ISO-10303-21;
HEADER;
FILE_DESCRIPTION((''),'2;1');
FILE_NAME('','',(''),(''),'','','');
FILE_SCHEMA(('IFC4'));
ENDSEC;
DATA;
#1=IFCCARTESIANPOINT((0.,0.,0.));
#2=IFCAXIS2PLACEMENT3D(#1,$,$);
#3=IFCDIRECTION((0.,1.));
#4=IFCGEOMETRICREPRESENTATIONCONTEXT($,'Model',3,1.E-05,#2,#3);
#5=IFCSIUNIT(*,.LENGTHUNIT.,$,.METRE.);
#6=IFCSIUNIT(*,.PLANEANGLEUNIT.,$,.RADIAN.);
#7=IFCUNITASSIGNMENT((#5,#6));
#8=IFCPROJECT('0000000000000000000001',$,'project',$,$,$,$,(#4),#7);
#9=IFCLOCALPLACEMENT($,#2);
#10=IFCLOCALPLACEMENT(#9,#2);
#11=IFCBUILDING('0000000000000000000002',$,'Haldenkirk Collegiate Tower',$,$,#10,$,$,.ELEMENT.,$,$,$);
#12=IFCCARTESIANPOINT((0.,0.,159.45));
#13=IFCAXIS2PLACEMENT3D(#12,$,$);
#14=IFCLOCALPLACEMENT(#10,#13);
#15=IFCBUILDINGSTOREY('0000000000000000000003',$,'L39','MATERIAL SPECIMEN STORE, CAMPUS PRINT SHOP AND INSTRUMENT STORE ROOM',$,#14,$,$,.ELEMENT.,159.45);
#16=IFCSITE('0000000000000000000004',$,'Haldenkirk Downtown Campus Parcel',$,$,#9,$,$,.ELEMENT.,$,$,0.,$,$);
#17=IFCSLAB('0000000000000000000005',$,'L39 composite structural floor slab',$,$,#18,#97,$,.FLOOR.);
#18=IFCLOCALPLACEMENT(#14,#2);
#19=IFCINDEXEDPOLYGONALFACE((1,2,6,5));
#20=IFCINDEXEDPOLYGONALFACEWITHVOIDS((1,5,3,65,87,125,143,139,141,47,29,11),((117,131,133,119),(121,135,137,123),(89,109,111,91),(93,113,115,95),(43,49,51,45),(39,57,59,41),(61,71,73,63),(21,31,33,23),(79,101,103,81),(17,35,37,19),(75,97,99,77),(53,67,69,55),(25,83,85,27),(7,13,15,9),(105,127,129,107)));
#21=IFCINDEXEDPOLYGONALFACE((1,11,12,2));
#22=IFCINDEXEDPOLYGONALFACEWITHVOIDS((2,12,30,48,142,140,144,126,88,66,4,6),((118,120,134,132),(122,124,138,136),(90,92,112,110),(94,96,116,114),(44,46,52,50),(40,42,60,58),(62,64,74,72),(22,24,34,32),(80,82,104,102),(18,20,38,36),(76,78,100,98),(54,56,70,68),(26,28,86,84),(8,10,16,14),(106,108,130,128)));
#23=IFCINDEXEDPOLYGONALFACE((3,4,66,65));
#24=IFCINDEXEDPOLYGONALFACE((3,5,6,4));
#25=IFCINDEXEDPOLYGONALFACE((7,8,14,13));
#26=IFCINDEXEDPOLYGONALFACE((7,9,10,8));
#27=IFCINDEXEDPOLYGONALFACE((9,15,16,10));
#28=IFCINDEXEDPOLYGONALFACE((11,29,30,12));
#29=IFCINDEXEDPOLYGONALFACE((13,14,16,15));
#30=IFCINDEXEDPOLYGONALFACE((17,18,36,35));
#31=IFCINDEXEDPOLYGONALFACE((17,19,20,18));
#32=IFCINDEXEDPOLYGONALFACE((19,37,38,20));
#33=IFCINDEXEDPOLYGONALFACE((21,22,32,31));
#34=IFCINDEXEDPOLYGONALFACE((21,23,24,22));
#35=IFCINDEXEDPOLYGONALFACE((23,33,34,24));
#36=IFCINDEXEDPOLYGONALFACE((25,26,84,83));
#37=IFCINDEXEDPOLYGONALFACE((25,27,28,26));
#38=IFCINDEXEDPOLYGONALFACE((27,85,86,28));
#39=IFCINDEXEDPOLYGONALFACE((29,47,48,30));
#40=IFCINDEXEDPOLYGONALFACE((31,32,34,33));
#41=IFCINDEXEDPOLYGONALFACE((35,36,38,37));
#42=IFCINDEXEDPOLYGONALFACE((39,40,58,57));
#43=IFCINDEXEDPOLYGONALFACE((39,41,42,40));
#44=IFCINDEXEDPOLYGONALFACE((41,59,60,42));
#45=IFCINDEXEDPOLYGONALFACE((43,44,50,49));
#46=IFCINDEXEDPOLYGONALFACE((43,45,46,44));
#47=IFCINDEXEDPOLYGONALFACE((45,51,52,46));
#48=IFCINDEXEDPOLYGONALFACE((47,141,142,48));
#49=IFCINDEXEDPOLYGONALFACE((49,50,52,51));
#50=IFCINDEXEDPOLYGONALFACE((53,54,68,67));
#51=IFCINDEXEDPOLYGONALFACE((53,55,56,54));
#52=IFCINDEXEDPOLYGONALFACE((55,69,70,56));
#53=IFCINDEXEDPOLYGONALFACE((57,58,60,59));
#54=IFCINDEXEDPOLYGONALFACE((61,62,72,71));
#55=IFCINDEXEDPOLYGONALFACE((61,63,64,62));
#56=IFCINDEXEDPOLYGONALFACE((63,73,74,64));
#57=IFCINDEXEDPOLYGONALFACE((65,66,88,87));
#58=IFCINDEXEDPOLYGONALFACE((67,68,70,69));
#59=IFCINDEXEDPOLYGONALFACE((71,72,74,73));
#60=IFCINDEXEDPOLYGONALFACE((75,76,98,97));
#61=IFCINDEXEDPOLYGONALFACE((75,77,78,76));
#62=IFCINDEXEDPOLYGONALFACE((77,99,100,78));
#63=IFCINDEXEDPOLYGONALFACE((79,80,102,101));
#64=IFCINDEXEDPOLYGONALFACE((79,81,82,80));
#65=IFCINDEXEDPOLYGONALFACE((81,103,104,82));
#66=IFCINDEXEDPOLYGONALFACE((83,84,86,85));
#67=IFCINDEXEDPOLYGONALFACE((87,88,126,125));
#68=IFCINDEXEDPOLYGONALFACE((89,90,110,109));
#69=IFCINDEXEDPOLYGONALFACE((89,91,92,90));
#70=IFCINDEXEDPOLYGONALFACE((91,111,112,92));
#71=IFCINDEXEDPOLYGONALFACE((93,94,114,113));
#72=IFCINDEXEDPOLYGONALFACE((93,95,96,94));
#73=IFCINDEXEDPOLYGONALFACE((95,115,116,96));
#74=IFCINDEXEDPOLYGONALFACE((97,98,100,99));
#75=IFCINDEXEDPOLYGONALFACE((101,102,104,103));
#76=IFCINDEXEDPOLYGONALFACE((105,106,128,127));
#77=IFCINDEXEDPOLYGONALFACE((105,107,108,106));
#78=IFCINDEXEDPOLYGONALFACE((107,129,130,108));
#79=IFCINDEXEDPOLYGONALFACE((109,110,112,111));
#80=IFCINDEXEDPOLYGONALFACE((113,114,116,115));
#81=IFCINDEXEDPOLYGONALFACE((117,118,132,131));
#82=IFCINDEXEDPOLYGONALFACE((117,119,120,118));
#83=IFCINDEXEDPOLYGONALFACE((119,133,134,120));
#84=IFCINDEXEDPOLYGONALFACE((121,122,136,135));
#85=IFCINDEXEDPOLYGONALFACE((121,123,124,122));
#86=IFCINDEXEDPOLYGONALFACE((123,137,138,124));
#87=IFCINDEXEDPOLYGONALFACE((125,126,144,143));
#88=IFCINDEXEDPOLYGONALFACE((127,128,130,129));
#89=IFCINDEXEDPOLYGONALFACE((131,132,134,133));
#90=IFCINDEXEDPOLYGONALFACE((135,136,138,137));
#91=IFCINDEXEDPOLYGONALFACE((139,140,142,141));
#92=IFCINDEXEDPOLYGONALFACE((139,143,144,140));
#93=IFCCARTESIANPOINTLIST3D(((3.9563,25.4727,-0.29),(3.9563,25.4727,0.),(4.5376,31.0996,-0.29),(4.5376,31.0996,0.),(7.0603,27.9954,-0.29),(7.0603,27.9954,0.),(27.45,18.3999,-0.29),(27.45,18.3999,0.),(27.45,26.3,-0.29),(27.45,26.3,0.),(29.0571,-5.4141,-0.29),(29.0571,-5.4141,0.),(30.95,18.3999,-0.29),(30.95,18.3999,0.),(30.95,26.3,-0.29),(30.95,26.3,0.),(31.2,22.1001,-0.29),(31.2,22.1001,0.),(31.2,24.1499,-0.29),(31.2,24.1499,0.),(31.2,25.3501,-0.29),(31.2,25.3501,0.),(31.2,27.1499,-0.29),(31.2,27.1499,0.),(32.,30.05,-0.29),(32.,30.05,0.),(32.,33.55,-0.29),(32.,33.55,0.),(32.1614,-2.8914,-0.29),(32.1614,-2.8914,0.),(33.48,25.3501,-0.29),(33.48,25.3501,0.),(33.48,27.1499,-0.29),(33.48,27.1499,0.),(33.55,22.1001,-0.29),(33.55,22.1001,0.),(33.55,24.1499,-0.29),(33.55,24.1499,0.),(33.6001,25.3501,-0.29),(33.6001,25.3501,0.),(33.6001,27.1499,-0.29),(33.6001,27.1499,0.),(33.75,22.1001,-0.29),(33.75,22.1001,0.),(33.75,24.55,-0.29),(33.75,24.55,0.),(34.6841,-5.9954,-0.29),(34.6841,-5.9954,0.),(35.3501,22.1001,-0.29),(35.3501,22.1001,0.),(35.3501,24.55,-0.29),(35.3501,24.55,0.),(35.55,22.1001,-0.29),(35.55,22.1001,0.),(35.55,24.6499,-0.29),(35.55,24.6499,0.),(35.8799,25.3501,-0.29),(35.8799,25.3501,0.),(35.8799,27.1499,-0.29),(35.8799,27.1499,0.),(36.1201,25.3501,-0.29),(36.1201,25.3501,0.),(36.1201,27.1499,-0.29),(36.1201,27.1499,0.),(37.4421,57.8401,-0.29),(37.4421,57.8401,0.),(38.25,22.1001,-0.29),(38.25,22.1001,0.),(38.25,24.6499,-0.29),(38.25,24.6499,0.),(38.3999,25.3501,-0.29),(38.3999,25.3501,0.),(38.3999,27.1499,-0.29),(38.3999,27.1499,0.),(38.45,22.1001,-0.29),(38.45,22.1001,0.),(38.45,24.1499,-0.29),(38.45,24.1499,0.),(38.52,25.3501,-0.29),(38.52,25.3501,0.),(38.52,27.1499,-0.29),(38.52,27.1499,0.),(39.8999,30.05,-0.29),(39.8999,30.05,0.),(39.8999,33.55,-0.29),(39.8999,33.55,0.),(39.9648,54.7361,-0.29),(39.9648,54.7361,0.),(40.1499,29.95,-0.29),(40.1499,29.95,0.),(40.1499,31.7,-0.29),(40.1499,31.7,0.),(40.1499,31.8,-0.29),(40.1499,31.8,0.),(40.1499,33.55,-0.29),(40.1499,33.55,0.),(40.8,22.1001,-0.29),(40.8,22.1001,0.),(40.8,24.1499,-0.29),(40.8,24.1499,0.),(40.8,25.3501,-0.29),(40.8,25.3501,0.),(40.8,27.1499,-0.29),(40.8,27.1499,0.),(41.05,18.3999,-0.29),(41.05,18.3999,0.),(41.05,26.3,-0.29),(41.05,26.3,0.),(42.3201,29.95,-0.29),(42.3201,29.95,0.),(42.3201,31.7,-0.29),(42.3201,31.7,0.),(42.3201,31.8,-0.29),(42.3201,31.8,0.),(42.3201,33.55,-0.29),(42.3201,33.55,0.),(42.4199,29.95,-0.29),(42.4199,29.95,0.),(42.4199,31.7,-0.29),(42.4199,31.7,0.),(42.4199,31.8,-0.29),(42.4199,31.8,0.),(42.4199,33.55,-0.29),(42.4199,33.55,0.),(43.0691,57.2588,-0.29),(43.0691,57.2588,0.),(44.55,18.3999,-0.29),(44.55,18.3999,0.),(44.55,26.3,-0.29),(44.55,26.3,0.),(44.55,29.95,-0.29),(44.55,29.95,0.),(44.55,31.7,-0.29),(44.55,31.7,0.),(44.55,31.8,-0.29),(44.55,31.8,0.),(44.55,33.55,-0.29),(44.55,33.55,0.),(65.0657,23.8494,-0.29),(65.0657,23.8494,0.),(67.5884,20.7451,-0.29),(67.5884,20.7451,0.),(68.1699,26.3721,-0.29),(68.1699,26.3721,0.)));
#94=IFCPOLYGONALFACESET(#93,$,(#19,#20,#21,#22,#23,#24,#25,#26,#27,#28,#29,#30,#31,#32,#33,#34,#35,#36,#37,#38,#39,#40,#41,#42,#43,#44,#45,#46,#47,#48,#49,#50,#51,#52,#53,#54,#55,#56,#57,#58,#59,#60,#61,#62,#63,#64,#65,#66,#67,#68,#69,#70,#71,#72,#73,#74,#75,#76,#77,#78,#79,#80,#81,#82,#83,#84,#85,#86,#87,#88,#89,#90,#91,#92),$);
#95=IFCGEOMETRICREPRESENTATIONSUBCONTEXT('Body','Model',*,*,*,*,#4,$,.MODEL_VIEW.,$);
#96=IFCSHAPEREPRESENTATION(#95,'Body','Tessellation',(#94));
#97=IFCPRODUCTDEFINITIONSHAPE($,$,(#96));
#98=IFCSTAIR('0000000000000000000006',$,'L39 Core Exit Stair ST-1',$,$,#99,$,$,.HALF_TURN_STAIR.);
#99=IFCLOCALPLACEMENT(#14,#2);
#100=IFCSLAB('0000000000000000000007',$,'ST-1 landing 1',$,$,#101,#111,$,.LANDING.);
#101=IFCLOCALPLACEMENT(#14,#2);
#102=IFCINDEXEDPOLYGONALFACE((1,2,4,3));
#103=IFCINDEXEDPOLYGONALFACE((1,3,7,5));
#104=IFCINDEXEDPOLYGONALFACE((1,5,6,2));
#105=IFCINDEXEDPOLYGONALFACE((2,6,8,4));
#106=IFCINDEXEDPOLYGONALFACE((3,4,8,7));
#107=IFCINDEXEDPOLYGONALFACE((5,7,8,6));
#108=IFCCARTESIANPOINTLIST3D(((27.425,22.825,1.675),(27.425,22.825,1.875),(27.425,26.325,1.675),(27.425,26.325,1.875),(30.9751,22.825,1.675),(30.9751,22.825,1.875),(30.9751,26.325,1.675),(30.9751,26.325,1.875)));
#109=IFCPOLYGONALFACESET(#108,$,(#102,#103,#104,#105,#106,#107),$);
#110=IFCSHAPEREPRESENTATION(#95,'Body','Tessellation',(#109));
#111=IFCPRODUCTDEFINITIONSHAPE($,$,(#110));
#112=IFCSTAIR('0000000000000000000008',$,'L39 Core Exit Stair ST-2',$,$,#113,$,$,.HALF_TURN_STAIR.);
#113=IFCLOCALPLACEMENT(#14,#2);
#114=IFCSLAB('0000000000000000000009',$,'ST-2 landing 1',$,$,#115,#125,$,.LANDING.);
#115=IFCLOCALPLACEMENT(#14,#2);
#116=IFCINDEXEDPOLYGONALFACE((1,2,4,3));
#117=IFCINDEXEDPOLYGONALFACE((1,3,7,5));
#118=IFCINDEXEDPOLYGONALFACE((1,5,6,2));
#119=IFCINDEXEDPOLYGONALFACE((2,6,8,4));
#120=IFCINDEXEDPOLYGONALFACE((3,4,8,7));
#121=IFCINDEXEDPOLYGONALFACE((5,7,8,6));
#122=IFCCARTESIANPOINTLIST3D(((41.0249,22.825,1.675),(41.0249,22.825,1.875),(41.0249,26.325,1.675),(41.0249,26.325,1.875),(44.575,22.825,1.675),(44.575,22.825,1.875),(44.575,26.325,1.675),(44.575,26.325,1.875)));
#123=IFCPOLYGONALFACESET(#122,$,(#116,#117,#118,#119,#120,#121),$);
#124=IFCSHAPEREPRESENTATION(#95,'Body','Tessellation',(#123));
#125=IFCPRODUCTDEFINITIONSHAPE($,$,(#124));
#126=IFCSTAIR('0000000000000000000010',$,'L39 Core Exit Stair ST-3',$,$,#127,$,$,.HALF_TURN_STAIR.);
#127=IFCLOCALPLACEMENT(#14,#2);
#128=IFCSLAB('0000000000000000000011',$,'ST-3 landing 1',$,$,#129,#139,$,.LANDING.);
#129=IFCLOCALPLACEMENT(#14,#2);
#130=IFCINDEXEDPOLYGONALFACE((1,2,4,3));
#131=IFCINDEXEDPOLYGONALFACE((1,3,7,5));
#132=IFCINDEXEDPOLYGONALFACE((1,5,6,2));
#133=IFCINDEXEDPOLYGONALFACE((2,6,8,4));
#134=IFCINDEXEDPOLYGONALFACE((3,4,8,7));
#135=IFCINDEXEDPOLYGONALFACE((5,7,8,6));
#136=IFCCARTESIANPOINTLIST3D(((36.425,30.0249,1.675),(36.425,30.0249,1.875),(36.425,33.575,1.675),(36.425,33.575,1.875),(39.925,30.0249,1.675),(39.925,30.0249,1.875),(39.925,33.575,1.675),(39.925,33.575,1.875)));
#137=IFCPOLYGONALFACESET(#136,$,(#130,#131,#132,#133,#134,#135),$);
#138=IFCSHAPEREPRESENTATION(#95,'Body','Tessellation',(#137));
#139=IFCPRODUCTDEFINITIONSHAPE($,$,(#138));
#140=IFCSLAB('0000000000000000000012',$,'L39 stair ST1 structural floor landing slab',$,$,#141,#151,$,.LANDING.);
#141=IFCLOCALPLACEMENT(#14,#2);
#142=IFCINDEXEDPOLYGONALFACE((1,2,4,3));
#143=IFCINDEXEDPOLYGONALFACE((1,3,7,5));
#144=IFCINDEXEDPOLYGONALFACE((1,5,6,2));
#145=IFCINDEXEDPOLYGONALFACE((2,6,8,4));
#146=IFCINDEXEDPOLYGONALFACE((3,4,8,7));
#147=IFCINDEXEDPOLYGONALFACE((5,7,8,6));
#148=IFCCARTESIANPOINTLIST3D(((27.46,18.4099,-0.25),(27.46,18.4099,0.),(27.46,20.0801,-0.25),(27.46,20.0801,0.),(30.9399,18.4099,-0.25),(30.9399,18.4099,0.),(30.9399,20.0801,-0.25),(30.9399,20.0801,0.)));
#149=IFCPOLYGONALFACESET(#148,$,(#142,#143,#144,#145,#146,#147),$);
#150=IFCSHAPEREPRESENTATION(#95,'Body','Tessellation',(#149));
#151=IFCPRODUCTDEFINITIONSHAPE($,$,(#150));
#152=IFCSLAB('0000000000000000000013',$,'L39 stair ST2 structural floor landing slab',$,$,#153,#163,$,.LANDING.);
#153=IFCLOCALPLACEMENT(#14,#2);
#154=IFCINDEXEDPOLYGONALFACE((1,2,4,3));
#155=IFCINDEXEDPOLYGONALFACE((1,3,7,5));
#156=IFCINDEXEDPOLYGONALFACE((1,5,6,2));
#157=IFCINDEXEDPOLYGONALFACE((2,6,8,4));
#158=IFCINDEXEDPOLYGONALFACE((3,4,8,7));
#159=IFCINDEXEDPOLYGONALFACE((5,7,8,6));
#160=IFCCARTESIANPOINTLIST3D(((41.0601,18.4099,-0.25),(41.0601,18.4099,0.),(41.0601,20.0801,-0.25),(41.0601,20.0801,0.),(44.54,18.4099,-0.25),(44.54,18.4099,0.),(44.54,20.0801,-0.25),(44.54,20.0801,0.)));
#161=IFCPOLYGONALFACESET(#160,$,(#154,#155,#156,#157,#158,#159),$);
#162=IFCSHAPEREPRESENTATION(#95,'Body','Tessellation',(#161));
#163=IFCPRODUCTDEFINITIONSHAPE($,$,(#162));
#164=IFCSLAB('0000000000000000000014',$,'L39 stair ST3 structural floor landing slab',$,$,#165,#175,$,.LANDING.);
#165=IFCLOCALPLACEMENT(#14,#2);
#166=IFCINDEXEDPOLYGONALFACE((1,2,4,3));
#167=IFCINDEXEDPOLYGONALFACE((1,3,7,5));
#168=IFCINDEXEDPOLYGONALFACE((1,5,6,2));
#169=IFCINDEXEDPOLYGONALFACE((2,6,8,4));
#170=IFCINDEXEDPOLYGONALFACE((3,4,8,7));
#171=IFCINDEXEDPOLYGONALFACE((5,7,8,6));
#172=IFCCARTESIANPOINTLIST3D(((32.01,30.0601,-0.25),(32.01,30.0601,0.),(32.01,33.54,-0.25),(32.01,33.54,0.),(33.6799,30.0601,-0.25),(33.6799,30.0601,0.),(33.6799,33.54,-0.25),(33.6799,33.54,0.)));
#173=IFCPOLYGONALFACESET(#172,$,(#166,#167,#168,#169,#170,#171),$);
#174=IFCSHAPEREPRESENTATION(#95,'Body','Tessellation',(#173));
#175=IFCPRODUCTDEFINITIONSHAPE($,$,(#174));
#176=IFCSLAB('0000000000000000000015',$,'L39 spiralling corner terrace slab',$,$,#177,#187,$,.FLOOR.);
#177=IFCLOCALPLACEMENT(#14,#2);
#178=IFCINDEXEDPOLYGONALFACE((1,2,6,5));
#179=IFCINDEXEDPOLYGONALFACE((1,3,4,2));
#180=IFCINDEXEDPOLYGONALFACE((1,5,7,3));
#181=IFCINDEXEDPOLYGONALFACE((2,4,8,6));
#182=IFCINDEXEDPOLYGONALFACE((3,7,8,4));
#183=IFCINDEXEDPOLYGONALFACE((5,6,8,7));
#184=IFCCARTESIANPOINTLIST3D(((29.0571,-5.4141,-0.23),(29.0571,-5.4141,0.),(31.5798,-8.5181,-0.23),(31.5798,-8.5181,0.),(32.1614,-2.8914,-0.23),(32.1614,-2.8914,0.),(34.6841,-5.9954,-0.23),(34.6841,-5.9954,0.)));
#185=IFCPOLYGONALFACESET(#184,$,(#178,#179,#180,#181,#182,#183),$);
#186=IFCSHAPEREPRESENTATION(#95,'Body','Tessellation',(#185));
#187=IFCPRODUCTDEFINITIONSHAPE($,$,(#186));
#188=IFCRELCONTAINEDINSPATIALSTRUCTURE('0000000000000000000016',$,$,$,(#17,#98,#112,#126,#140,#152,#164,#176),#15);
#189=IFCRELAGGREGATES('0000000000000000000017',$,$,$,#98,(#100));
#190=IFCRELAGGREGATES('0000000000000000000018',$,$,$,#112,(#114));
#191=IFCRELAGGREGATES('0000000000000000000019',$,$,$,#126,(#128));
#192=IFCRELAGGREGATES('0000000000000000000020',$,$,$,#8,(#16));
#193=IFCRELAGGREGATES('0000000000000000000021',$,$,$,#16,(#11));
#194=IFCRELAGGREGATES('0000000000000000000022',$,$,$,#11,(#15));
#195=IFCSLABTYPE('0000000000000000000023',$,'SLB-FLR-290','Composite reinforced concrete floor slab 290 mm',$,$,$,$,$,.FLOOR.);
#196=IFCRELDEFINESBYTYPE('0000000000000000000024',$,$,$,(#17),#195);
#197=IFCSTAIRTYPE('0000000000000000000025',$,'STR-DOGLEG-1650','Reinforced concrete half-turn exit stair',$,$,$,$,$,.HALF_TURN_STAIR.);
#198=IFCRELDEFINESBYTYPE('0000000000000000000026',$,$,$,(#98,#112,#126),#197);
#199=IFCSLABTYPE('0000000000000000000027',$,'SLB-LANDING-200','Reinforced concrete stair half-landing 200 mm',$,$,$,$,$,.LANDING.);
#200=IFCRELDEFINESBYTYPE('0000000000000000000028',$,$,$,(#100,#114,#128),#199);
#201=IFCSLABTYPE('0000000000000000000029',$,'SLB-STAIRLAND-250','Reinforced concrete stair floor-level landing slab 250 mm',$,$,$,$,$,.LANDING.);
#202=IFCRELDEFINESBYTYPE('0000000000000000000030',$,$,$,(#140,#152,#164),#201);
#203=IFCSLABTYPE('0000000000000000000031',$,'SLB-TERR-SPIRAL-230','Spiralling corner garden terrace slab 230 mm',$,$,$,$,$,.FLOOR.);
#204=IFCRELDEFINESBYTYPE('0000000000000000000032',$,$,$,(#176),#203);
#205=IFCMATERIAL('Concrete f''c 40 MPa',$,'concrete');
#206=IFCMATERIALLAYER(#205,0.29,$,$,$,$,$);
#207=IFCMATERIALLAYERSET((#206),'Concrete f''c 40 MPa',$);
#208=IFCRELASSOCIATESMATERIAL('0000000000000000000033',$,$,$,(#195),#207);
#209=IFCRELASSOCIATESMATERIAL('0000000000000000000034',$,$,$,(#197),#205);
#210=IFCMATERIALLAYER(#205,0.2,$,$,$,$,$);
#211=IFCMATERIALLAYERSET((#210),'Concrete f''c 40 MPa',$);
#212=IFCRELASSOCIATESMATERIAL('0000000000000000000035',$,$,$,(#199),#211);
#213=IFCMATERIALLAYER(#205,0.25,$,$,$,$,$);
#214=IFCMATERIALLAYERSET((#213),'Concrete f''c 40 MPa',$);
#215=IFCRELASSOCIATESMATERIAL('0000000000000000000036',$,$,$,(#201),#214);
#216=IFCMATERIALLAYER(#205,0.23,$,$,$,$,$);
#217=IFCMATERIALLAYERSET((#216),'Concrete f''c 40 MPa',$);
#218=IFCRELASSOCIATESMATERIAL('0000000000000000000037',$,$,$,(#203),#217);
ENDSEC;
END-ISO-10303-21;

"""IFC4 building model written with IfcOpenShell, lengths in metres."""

from ifc_helpers import new_model, si_unit, direction, frame, origin, place, context, subcontext, project, spatial, polyline, outline, extrude, material, layer, layer_set, type_object, element, aggregate, save


model = new_model("IFC4")

# Units and contexts
model_context = context("Model", 3, precision=1e-05, world=origin(), true_north=direction((0.0, 1.0)))
body_context = subcontext(model_context, "Body", "Model", "MODEL_VIEW")
ifc_project = project(units=[si_unit("LENGTHUNIT", "METRE"), si_unit("PLANEANGLEUNIT", "RADIAN")], contexts=[model_context])

# Site, building, storey
site_placement = place(None, origin())
site = spatial("IfcSite", under=ifc_project, at=site_placement, Name="Haldenkirk Downtown Campus Parcel", CompositionType="ELEMENT", RefElevation=0.0)
building_placement = place(site_placement, origin())
building = spatial("IfcBuilding", under=site, at=building_placement, Name="Haldenkirk Collegiate Tower", CompositionType="ELEMENT")
storey_placement = place(building_placement, frame((0.0, 0.0, 159.45)))
storey = spatial("IfcBuildingStorey", under=building, at=storey_placement, Name="L39", Description="MATERIAL SPECIMEN STORE, CAMPUS PRINT SHOP AND INSTRUMENT STORE ROOM", CompositionType="ELEMENT", Elevation=159.45)

# Slab
ifc_material_1 = material(Name="Concrete f'c 40 MPa", Category="concrete")
ifc_layer_1 = layer(ifc_material_1, 0.29)
ifc_layer_set_1 = layer_set([ifc_layer_1], Name="Concrete f'c 40 MPa")
slab_type_1 = type_object("IfcSlabType", Name="SLB-FLR-290", Description="Composite reinforced concrete floor slab 290 mm", PredefinedType="FLOOR", material=ifc_layer_set_1)
slab_1_placement = place(storey_placement, frame((0.0, 0.0, -0.29)))
element("IfcSlab", 1, at=slab_1_placement, inside=storey, type_object=slab_type_1, Name="L39 composite structural floor slab", PredefinedType="FLOOR", context=body_context, shape_type="SweptSolid", body=[
    extrude(outline(polyline([(34.6841, -5.9954), (67.5884, 20.7451), (65.0657, 23.8494), (68.1699, 26.3721), (43.0691, 57.2588), (39.9648, 54.7361), (37.4421, 57.8401), (4.5376, 31.0996), (7.0603, 27.9954), (3.9563, 25.4727), (29.0571, -5.4141), (32.1614, -2.8914), (34.6841, -5.9954)]), holes=[polyline([(27.45, 18.3999), (30.95, 18.3999), (30.95, 26.3), (27.45, 26.3), (27.45, 18.3999)]), polyline([(41.05, 18.3999), (44.55, 18.3999), (44.55, 26.3), (41.05, 26.3), (41.05, 18.3999)]), polyline([(32.0, 30.05), (39.8999, 30.05), (39.8999, 33.55), (32.0, 33.55), (32.0, 30.05)]), polyline([(33.75, 22.1001), (35.3501, 22.1001), (35.3501, 24.55), (33.75, 24.55), (33.75, 22.1001)]), polyline([(40.1499, 29.95), (42.3201, 29.95), (42.3201, 31.7), (40.1499, 31.7), (40.1499, 29.95)]), polyline([(42.4199, 29.95), (44.55, 29.95), (44.55, 31.7), (42.4199, 31.7), (42.4199, 29.95)]), polyline([(40.1499, 31.8), (42.3201, 31.8), (42.3201, 33.55), (40.1499, 33.55), (40.1499, 31.8)]), polyline([(42.4199, 31.8), (44.55, 31.8), (44.55, 33.55), (42.4199, 33.55), (42.4199, 31.8)]), polyline([(31.2, 25.3501), (33.48, 25.3501), (33.48, 27.1499), (31.2, 27.1499), (31.2, 25.3501)]), polyline([(33.6001, 25.3501), (35.8799, 25.3501), (35.8799, 27.1499), (33.6001, 27.1499), (33.6001, 25.3501)]), polyline([(36.1201, 25.3501), (38.3999, 25.3501), (38.3999, 27.1499), (36.1201, 27.1499), (36.1201, 25.3501)]), polyline([(38.52, 25.3501), (40.8, 25.3501), (40.8, 27.1499), (38.52, 27.1499), (38.52, 25.3501)]), polyline([(31.2, 22.1001), (33.55, 22.1001), (33.55, 24.1499), (31.2, 24.1499), (31.2, 22.1001)]), polyline([(38.45, 22.1001), (40.8, 22.1001), (40.8, 24.1499), (38.45, 24.1499), (38.45, 22.1001)]), polyline([(35.55, 22.1001), (38.25, 22.1001), (38.25, 24.6499), (35.55, 24.6499), (35.55, 22.1001)])]), origin(), (0.0, 0.0, 1.0), 0.29),
])

# Stairs, slabs
stair_type = type_object("IfcStairType", Name="STR-DOGLEG-1650", Description="Reinforced concrete half-turn exit stair", PredefinedType="HALF_TURN_STAIR", material=ifc_material_1)
stair_1_placement = place(storey_placement, origin())
stair_1 = element("IfcStair", 2, at=stair_1_placement, inside=storey, type_object=stair_type, Name="L39 Core Exit Stair ST-1", PredefinedType="HALF_TURN_STAIR")
ifc_layer_2 = layer(ifc_material_1, 0.2)
ifc_layer_set_2 = layer_set([ifc_layer_2], Name="Concrete f'c 40 MPa")
slab_type_2 = type_object("IfcSlabType", Name="SLB-LANDING-200", Description="Reinforced concrete stair half-landing 200 mm", PredefinedType="LANDING", material=ifc_layer_set_2)
slab_2_placement = place(storey_placement, frame((0.0, 0.0, 1.675)))
slab_2 = element("IfcSlab", 3, at=slab_2_placement, type_object=slab_type_2, Name="ST-1 landing 1", PredefinedType="LANDING", context=body_context, shape_type="SweptSolid", body=[
    extrude(outline(polyline([(30.9751, 22.825), (27.425, 22.825), (27.425, 26.325), (30.9751, 26.325), (30.9751, 22.825)])), origin(), (0.0, 0.0, 1.0), 0.2),
])
aggregate(stair_1, [slab_2])
stair_2_placement = place(storey_placement, origin())
stair_2 = element("IfcStair", 4, at=stair_2_placement, inside=storey, type_object=stair_type, Name="L39 Core Exit Stair ST-2", PredefinedType="HALF_TURN_STAIR")
slab_3_placement = place(storey_placement, frame((0.0, 0.0, 1.675)))
slab_3 = element("IfcSlab", 5, at=slab_3_placement, type_object=slab_type_2, Name="ST-2 landing 1", PredefinedType="LANDING", context=body_context, shape_type="SweptSolid", body=[
    extrude(outline(polyline([(44.575, 22.825), (41.0249, 22.825), (41.0249, 26.325), (44.575, 26.325), (44.575, 22.825)])), origin(), (0.0, 0.0, 1.0), 0.2),
])
aggregate(stair_2, [slab_3])
stair_3_placement = place(storey_placement, origin())
stair_3 = element("IfcStair", 6, at=stair_3_placement, inside=storey, type_object=stair_type, Name="L39 Core Exit Stair ST-3", PredefinedType="HALF_TURN_STAIR")
slab_4_placement = place(storey_placement, frame((0.0, 0.0, 1.675)))
slab_4 = element("IfcSlab", 7, at=slab_4_placement, type_object=slab_type_2, Name="ST-3 landing 1", PredefinedType="LANDING", context=body_context, shape_type="SweptSolid", body=[
    extrude(outline(polyline([(36.425, 30.0249), (36.425, 33.575), (39.925, 33.575), (39.925, 30.0249), (36.425, 30.0249)])), origin(), (0.0, 0.0, 1.0), 0.2),
])
aggregate(stair_3, [slab_4])

# Slabs
ifc_layer_3 = layer(ifc_material_1, 0.25)
ifc_layer_set_3 = layer_set([ifc_layer_3], Name="Concrete f'c 40 MPa")
slab_type_3 = type_object("IfcSlabType", Name="SLB-STAIRLAND-250", Description="Reinforced concrete stair floor-level landing slab 250 mm", PredefinedType="LANDING", material=ifc_layer_set_3)
slab_5_placement = place(storey_placement, frame((0.0, 0.0, -0.25)))
element("IfcSlab", 8, at=slab_5_placement, inside=storey, type_object=slab_type_3, Name="L39 stair ST1 structural floor landing slab", PredefinedType="LANDING", context=body_context, shape_type="SweptSolid", body=[
    extrude(outline(polyline([(27.46, 18.4099), (30.9399, 18.4099), (30.9399, 20.0801), (27.46, 20.0801), (27.46, 18.4099)])), origin(), (0.0, 0.0, 1.0), 0.25),
])
slab_6_placement = place(storey_placement, frame((0.0, 0.0, -0.25)))
element("IfcSlab", 9, at=slab_6_placement, inside=storey, type_object=slab_type_3, Name="L39 stair ST2 structural floor landing slab", PredefinedType="LANDING", context=body_context, shape_type="SweptSolid", body=[
    extrude(outline(polyline([(41.0601, 18.4099), (44.54, 18.4099), (44.54, 20.0801), (41.0601, 20.0801), (41.0601, 18.4099)])), origin(), (0.0, 0.0, 1.0), 0.25),
])
slab_7_placement = place(storey_placement, frame((0.0, 0.0, -0.25)))
element("IfcSlab", 10, at=slab_7_placement, inside=storey, type_object=slab_type_3, Name="L39 stair ST3 structural floor landing slab", PredefinedType="LANDING", context=body_context, shape_type="SweptSolid", body=[
    extrude(outline(polyline([(32.01, 30.0601), (33.6799, 30.0601), (33.6799, 33.54), (32.01, 33.54), (32.01, 30.0601)])), origin(), (0.0, 0.0, 1.0), 0.25),
])
ifc_layer_4 = layer(ifc_material_1, 0.23)
ifc_layer_set_4 = layer_set([ifc_layer_4], Name="Concrete f'c 40 MPa")
slab_type_4 = type_object("IfcSlabType", Name="SLB-TERR-SPIRAL-230", Description="Spiralling corner garden terrace slab 230 mm", PredefinedType="FLOOR", material=ifc_layer_set_4)
slab_8_placement = place(storey_placement, frame((0.0, 0.0, -0.23)))
element("IfcSlab", 11, at=slab_8_placement, inside=storey, type_object=slab_type_4, Name="L39 spiralling corner terrace slab", PredefinedType="FLOOR", context=body_context, shape_type="SweptSolid", body=[
    extrude(outline(polyline([(31.5798, -8.5181), (34.6841, -5.9954), (32.1614, -2.8914), (29.0571, -5.4141), (31.5798, -8.5181)])), origin(), (0.0, 0.0, 1.0), 0.23),
])

save(model, "model.ifc")
